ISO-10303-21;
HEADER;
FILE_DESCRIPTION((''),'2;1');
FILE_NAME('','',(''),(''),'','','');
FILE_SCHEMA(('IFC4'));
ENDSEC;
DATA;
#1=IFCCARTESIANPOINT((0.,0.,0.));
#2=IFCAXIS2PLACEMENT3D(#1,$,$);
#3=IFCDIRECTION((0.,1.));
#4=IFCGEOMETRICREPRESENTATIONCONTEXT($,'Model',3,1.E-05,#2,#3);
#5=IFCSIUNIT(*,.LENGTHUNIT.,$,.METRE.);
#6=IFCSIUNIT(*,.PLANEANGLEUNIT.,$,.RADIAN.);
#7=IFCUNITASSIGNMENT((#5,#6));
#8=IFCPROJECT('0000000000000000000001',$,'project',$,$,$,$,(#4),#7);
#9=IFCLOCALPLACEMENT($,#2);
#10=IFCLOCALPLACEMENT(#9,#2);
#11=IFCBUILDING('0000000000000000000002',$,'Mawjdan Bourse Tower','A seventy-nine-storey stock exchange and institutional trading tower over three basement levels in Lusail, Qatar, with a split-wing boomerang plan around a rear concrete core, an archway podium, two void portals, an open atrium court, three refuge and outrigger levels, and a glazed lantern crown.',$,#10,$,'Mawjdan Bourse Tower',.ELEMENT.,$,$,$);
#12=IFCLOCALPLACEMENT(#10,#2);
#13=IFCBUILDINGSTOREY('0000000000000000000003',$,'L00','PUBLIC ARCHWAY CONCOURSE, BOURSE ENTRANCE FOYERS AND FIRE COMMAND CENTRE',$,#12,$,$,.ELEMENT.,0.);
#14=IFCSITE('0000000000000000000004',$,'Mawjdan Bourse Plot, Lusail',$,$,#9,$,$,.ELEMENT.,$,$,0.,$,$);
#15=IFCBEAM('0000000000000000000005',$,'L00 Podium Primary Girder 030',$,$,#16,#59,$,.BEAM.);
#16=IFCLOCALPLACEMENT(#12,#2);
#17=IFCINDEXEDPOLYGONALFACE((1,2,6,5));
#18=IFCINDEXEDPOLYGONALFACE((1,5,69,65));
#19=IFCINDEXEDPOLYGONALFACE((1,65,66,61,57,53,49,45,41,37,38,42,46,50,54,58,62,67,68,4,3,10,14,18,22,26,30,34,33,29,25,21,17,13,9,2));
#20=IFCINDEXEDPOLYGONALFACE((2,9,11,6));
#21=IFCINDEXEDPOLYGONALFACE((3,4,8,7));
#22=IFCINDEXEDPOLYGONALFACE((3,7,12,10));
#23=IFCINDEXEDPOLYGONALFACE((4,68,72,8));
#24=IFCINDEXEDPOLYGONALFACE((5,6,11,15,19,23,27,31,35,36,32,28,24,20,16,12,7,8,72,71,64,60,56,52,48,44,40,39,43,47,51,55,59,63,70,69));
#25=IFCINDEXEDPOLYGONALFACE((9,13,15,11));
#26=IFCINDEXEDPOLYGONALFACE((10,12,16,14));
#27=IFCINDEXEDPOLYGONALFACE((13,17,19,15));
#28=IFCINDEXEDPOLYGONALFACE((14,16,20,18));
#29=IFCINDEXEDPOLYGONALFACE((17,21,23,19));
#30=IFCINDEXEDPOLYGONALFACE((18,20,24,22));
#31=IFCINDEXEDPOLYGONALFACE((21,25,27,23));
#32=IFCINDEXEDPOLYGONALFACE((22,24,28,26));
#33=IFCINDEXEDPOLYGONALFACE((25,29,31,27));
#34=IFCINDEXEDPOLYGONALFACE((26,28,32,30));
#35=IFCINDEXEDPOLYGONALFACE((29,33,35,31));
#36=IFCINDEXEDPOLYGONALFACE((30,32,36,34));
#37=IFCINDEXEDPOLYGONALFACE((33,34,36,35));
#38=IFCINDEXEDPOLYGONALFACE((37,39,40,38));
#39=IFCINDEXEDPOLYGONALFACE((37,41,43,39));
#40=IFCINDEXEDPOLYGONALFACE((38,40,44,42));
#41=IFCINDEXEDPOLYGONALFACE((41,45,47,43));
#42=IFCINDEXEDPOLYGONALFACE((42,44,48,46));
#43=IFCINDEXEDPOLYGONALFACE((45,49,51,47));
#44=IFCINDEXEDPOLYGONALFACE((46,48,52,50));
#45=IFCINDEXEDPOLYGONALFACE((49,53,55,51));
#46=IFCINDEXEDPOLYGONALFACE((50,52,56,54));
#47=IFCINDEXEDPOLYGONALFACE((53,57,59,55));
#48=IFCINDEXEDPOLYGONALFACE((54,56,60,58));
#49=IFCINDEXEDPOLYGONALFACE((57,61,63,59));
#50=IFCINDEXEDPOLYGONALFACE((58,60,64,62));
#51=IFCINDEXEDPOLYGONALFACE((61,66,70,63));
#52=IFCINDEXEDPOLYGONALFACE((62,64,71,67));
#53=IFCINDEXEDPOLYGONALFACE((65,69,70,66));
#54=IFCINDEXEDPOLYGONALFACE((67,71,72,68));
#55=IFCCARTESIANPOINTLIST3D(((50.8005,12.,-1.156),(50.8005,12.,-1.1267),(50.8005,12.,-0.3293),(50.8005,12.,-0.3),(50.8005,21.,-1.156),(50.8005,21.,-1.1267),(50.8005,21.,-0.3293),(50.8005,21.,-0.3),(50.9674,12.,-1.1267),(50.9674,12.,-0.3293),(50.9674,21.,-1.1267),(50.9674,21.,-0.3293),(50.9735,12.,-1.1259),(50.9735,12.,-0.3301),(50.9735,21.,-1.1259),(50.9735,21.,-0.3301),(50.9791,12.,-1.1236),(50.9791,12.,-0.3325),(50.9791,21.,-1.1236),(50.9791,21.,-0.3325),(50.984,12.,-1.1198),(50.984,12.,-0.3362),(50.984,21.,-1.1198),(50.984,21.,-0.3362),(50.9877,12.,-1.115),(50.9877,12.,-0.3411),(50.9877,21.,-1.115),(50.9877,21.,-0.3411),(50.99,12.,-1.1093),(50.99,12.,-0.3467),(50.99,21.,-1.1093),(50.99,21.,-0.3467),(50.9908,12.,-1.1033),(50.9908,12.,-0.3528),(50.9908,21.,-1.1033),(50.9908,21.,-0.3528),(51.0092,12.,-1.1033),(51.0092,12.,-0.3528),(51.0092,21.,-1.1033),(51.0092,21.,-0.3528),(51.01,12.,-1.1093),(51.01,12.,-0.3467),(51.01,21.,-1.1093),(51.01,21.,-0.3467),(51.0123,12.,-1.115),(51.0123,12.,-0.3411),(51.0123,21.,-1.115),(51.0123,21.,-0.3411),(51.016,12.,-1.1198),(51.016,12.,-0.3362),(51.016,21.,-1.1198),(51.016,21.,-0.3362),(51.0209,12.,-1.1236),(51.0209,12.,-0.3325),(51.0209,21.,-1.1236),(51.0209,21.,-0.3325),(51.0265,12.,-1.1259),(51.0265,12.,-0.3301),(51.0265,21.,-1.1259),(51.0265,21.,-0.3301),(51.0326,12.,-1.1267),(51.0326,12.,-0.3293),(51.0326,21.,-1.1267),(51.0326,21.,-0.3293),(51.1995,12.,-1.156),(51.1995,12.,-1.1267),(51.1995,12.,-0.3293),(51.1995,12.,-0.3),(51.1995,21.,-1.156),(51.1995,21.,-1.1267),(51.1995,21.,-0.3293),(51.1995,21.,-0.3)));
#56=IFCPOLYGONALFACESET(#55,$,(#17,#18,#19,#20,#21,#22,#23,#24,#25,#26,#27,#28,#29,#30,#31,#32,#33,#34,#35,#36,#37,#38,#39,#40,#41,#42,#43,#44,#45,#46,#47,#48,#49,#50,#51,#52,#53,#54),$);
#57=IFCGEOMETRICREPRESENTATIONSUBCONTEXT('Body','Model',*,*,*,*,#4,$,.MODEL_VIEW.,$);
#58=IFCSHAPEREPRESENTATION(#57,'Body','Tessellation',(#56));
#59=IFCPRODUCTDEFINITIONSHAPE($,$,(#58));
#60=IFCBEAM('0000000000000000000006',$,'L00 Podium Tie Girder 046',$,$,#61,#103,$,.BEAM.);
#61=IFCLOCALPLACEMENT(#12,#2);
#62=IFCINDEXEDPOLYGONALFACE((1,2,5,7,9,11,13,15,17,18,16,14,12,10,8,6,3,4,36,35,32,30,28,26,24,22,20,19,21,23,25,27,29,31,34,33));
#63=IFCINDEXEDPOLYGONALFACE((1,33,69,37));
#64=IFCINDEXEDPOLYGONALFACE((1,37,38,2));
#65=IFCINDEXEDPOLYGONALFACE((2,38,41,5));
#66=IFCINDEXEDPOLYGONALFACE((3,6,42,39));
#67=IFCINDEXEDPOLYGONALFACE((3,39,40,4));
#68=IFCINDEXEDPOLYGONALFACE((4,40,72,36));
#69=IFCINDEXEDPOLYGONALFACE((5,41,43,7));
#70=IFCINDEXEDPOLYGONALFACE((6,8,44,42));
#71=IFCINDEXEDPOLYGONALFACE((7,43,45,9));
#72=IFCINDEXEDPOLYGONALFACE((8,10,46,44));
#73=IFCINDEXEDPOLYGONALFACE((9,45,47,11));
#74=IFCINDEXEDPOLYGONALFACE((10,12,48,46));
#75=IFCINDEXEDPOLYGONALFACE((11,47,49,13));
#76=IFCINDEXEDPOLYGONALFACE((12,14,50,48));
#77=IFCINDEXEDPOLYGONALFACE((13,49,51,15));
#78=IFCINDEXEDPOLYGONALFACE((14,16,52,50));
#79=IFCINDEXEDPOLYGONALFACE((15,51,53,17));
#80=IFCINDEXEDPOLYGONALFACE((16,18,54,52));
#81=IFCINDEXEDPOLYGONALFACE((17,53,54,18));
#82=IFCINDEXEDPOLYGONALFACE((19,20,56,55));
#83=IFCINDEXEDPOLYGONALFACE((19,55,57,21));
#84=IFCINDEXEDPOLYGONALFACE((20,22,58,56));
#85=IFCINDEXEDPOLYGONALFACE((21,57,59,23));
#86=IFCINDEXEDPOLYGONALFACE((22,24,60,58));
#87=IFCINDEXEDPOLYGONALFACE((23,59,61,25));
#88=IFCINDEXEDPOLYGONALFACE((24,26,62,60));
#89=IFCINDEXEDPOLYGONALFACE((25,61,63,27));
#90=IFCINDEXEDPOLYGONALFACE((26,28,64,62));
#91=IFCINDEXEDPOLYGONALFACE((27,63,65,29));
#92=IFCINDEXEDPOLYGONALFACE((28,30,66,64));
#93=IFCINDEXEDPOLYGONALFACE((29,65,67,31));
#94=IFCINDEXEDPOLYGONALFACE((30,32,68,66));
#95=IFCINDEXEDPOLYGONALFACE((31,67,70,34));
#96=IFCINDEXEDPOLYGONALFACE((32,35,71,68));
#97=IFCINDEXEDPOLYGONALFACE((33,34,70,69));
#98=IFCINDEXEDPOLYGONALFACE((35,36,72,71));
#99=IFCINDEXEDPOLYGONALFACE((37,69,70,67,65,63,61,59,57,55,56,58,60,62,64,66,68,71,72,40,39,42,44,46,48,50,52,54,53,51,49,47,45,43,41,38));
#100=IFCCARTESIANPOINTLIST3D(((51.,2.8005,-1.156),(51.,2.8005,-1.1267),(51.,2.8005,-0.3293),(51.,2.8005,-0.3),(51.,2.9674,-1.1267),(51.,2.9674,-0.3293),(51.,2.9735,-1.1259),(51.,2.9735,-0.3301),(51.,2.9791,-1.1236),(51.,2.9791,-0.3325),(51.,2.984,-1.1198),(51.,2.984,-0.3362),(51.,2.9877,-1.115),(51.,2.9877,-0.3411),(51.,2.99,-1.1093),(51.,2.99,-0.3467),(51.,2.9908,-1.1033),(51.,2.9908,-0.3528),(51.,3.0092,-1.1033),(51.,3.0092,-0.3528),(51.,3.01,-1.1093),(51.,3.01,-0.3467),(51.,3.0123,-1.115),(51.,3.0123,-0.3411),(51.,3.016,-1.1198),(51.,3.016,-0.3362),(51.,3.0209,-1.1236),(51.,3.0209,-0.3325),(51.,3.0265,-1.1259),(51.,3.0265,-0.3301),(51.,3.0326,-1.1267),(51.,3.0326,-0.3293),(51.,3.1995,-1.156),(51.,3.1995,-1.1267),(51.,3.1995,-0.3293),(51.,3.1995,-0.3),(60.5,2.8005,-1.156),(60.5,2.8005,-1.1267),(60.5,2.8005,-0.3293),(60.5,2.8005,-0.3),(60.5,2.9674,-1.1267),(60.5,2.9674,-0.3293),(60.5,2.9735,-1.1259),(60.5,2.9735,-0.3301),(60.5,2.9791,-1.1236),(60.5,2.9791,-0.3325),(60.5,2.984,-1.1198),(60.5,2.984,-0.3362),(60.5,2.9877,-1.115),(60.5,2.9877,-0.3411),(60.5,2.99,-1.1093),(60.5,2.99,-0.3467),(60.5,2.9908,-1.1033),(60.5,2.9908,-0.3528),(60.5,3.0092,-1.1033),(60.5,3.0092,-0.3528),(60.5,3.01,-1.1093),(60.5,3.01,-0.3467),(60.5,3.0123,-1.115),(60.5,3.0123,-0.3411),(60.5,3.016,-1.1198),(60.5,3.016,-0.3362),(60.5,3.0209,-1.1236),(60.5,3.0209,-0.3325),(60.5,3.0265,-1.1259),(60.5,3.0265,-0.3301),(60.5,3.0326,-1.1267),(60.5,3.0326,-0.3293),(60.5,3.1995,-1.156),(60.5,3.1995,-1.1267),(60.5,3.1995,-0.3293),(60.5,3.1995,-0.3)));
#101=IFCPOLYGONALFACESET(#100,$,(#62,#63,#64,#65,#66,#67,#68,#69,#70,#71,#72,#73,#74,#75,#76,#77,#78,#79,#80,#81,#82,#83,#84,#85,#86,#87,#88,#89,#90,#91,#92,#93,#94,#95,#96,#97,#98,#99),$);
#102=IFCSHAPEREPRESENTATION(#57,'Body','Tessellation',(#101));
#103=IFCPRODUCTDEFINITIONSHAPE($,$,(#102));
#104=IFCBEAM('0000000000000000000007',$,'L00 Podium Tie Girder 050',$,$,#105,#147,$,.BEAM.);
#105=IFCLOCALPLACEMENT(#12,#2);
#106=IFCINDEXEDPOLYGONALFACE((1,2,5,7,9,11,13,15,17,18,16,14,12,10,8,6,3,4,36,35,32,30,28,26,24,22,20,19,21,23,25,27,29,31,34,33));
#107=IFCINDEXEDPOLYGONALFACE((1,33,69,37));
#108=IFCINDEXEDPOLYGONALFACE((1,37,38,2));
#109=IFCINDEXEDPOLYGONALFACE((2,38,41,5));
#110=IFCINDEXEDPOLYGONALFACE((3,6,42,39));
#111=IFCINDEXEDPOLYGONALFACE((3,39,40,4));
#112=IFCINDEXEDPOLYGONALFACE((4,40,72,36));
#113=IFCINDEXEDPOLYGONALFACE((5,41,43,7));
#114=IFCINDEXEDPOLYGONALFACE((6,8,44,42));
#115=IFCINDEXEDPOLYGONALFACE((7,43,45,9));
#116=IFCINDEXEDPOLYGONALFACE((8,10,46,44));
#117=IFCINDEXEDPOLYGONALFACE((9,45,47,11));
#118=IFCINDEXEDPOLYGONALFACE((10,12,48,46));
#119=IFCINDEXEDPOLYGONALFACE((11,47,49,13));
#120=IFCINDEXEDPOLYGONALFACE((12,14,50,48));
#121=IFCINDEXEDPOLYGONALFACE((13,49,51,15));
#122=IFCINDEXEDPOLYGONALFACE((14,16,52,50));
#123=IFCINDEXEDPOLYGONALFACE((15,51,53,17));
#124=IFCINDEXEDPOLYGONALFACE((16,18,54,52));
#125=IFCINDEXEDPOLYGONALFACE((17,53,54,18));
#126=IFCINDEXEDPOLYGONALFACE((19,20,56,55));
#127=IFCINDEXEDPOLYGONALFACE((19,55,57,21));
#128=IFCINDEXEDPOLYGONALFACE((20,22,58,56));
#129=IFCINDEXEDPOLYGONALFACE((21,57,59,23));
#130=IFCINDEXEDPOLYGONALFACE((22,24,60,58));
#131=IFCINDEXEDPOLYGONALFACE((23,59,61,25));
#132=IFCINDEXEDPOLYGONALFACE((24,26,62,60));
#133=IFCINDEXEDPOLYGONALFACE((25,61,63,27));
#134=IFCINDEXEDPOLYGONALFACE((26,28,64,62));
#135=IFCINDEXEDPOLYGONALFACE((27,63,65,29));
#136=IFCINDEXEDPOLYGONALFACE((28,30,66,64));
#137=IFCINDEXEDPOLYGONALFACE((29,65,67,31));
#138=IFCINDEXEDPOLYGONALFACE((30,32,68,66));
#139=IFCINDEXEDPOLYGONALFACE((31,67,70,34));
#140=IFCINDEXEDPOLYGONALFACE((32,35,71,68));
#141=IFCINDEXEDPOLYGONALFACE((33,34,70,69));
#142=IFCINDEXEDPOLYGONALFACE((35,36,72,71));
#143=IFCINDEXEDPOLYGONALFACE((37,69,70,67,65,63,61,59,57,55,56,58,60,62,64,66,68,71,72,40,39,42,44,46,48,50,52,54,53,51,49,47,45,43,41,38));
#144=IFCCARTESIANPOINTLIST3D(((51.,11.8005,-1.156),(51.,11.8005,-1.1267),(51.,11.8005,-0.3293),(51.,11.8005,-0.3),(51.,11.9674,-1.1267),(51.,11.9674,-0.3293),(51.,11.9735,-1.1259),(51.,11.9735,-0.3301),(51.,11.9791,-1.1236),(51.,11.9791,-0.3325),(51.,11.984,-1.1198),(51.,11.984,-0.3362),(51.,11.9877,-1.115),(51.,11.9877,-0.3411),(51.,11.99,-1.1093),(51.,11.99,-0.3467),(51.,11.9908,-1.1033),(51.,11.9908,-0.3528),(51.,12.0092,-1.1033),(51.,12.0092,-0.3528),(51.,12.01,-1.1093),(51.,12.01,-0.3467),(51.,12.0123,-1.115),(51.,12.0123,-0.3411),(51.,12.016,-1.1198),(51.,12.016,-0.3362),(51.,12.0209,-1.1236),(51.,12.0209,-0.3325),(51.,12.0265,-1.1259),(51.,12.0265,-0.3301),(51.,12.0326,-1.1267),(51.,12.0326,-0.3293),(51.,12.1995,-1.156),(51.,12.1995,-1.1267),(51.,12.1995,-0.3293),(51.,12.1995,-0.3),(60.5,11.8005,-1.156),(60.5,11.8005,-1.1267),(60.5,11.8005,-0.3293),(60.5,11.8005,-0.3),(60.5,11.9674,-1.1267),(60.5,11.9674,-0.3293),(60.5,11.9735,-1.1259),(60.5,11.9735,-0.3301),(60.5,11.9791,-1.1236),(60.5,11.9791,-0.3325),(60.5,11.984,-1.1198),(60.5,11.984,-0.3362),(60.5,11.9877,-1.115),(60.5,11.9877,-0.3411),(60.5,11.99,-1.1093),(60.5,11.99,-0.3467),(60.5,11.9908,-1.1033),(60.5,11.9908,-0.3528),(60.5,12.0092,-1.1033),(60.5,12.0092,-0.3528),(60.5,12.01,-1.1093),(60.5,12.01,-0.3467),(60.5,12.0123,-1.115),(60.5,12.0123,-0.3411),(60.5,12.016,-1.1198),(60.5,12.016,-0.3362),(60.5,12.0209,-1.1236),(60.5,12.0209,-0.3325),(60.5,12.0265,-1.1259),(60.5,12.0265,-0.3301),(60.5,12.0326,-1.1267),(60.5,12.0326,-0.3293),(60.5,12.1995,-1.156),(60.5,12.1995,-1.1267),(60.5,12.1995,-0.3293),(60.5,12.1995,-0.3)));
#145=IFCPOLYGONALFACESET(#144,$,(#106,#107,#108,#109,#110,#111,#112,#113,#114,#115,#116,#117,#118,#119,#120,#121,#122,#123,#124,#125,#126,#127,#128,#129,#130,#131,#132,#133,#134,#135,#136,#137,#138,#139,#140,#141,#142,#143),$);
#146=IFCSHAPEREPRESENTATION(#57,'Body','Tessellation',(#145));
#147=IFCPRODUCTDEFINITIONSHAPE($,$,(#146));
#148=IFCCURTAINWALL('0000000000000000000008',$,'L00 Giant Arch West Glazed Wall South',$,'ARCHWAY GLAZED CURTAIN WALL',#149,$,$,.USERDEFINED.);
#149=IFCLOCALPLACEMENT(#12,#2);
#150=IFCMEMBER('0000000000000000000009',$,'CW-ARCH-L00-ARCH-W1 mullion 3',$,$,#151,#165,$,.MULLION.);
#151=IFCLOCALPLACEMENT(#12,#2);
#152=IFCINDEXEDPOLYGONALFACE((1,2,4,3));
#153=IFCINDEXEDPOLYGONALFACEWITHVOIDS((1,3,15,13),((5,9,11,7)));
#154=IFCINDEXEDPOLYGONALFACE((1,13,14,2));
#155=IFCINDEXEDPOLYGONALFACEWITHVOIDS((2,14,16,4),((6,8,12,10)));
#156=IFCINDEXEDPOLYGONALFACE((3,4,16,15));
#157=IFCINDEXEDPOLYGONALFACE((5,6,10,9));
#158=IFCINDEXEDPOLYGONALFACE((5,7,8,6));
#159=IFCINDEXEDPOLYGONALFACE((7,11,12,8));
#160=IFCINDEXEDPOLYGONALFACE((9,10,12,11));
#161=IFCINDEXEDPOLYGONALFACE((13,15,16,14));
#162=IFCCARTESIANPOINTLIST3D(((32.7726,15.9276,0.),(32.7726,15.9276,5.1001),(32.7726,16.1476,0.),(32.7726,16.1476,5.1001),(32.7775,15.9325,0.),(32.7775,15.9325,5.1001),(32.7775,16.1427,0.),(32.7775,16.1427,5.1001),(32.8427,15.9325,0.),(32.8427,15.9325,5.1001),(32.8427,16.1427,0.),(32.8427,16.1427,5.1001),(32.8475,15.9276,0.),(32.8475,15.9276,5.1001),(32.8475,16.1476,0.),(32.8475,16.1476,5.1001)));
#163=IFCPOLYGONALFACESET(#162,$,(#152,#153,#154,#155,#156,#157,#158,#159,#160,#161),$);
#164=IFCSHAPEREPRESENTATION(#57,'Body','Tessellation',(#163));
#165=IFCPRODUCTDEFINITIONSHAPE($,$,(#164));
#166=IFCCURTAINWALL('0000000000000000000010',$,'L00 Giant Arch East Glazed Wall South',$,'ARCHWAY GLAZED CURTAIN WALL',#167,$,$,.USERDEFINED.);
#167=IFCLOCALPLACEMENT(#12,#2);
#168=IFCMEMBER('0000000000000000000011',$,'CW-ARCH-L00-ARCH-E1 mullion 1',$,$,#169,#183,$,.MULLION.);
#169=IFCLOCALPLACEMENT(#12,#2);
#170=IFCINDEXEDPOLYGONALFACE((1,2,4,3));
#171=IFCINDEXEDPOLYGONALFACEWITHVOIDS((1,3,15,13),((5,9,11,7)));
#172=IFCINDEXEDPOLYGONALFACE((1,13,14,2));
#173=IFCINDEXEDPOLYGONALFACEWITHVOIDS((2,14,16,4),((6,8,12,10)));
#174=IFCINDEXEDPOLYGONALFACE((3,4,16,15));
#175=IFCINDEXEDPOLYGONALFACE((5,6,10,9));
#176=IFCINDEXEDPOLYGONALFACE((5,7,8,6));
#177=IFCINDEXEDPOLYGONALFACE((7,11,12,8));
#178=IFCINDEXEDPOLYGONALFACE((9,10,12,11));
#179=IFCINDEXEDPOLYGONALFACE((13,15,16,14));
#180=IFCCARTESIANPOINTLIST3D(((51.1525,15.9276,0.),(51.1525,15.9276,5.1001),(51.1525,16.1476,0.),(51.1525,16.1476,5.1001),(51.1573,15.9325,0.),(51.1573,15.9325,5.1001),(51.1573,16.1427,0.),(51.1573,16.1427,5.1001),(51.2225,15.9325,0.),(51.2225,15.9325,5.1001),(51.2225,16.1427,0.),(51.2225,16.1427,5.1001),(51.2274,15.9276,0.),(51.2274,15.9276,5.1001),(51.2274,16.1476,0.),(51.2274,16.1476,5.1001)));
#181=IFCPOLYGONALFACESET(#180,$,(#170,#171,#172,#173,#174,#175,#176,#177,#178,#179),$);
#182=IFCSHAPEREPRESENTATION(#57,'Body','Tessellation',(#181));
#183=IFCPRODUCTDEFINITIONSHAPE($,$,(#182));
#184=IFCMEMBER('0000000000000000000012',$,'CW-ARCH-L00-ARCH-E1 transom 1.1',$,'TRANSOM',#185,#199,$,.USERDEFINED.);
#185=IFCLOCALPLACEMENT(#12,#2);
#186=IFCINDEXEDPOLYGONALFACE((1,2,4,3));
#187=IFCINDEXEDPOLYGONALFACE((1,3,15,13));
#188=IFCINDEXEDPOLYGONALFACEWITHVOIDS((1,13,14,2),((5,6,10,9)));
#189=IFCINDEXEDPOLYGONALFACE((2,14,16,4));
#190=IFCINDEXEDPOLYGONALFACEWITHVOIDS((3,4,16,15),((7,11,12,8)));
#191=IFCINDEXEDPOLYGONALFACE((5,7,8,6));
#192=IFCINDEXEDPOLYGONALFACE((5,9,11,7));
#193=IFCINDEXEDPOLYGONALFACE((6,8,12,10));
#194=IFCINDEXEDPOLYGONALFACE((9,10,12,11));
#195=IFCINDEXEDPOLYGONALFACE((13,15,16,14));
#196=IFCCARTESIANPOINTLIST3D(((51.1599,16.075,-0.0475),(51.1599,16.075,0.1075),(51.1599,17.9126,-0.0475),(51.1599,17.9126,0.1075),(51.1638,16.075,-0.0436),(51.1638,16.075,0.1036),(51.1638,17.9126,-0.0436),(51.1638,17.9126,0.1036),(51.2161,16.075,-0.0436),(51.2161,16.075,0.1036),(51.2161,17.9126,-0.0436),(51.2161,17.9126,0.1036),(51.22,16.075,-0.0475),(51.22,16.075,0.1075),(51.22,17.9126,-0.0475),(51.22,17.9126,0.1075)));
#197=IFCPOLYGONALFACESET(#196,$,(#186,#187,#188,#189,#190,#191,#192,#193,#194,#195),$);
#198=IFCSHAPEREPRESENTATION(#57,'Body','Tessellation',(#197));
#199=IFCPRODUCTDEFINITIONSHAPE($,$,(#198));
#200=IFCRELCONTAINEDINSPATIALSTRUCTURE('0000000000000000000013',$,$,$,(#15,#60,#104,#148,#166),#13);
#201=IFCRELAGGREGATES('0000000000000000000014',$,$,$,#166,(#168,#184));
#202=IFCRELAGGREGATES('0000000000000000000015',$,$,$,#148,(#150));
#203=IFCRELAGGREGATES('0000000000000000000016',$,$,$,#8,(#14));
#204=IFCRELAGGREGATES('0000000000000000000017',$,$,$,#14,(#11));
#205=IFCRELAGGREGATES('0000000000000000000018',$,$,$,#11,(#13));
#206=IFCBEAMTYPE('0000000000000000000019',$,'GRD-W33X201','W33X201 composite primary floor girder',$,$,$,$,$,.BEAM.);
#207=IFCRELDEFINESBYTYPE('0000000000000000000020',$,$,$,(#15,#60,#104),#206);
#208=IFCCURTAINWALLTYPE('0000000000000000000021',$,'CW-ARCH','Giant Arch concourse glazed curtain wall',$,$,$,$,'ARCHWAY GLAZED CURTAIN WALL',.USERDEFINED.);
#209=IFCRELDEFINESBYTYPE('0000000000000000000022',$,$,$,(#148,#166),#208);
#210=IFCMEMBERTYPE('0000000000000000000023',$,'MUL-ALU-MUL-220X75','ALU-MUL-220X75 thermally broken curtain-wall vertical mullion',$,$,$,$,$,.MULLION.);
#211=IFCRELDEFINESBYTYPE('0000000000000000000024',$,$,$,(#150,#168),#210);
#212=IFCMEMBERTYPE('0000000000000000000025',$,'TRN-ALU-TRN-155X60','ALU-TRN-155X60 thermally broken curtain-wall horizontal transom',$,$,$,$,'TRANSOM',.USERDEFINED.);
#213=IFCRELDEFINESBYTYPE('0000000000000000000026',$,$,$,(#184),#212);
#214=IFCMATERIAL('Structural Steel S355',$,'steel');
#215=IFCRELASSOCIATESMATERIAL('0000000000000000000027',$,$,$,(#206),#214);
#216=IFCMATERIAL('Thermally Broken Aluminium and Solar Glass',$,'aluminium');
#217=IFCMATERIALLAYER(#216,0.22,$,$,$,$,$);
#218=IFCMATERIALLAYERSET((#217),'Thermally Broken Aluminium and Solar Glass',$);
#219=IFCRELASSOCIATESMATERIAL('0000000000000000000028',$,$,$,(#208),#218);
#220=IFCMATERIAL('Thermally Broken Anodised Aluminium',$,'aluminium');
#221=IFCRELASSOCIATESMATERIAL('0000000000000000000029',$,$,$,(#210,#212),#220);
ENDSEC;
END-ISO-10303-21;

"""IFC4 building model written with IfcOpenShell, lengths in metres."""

from ifc_helpers import new_model, si_unit, direction, frame, origin, origin_2d, place, context, subcontext, project, spatial, hollow_rectangle, i_section, extrude, material, layer, layer_set, material_profile, profile_set, type_object, element, aggregate, save


model = new_model("IFC4")

# Units and contexts
model_context = context("Model", 3, precision=1e-05, world=origin(), true_north=direction((0.0, 1.0)))
body_context = subcontext(model_context, "Body", "Model", "MODEL_VIEW")
ifc_project = project(units=[si_unit("LENGTHUNIT", "METRE"), si_unit("PLANEANGLEUNIT", "RADIAN")], contexts=[model_context])

# Site, building, storey
site_placement = place(None, origin())
site = spatial("IfcSite", under=ifc_project, at=site_placement, Name="Mawjdan Bourse Plot, Lusail", CompositionType="ELEMENT", RefElevation=0.0)
building_placement = place(site_placement, origin())
building = spatial("IfcBuilding", under=site, at=building_placement, Name="Mawjdan Bourse Tower", Description="A seventy-nine-storey stock exchange and institutional trading tower over three basement levels in Lusail, Qatar, with a split-wing boomerang plan around a rear concrete core, an archway podium, two void portals, an open atrium court, three refuge and outrigger levels, and a glazed lantern crown.", LongName="Mawjdan Bourse Tower", CompositionType="ELEMENT")
storey_placement = place(building_placement, origin())
storey = spatial("IfcBuildingStorey", under=building, at=storey_placement, Name="L00", Description="PUBLIC ARCHWAY CONCOURSE, BOURSE ENTRANCE FOYERS AND FIRE COMMAND CENTRE", CompositionType="ELEMENT", Elevation=0.0)

# Beams
ifc_material_1 = material(Name="Structural Steel S355", Category="steel")
ifc_material_profile_1 = material_profile(ifc_material_1, i_section(OverallWidth=0.3989, OverallDepth=0.856, WebThickness=0.0183, FlangeThickness=0.0293, FilletRadius=0.0234, at=origin_2d()), Name="W33X201")
ifc_profile_set_1 = profile_set([ifc_material_profile_1], Name="Structural Steel S355")
beam_type = type_object("IfcBeamType", Name="GRD-W33X201", Description="W33X201 composite primary floor girder", PredefinedType="BEAM", material=ifc_profile_set_1)
for number, where, z_axis, x_axis, name in (
    (1, (51.0, 12.0, -0.728), (0.0, 1.0, 0.0), (-1.0, 0.0, 0.0), "L00 Podium Primary Girder 030"),
):
    element("IfcBeam", number, at=place(storey_placement, frame(where, z_axis=z_axis, x_axis=x_axis)), inside=storey, type_object=beam_type, Name=name, PredefinedType="BEAM", context=body_context, shape_type="SweptSolid", body=[
        extrude(i_section(OverallWidth=0.3989, OverallDepth=0.856, WebThickness=0.0183, FlangeThickness=0.0293, FilletRadius=0.0234, at=origin_2d()), origin(), (0.0, 0.0, 1.0), 9.0),
    ])
for number, where, z_axis, x_axis, name in (
    (2, (51.0, 3.0, -0.728), (1.0, 0.0, 0.0), (0.0, 1.0, 0.0), "L00 Podium Tie Girder 046"),
    (3, (51.0, 12.0, -0.728), (1.0, 0.0, 0.0), (0.0, 1.0, 0.0), "L00 Podium Tie Girder 050"),
):
    element("IfcBeam", number, at=place(storey_placement, frame(where, z_axis=z_axis, x_axis=x_axis)), inside=storey, type_object=beam_type, Name=name, PredefinedType="BEAM", context=body_context, shape_type="SweptSolid", body=[
        extrude(i_section(OverallWidth=0.3989, OverallDepth=0.856, WebThickness=0.0183, FlangeThickness=0.0293, FilletRadius=0.0234, at=origin_2d()), origin(), (0.0, 0.0, 1.0), 9.5),
    ])

# Curtain wall, member
ifc_material_2 = material(Name="Thermally Broken Aluminium and Solar Glass", Category="aluminium")
ifc_layer_1 = layer(ifc_material_2, 0.22)
ifc_layer_set_1 = layer_set([ifc_layer_1], Name="Thermally Broken Aluminium and Solar Glass")
curtain_wall_type = type_object("IfcCurtainWallType", Name="CW-ARCH", Description="Giant Arch concourse glazed curtain wall", ElementType="ARCHWAY GLAZED CURTAIN WALL", PredefinedType="USERDEFINED", material=ifc_layer_set_1)
curtain_wall_1_placement = place(storey_placement, origin())
curtain_wall_1 = element("IfcCurtainWall", 4, at=curtain_wall_1_placement, inside=storey, type_object=curtain_wall_type, Name="L00 Giant Arch West Glazed Wall South", ObjectType="ARCHWAY GLAZED CURTAIN WALL", PredefinedType="USERDEFINED")
ifc_material_3 = material(Name="Thermally Broken Anodised Aluminium", Category="aluminium")
ifc_material_profile_2 = material_profile(ifc_material_3, hollow_rectangle(XDim=0.075, YDim=0.22, WallThickness=0.0049, at=origin_2d()), Name="ALU-MUL-220X75")
ifc_profile_set_2 = profile_set([ifc_material_profile_2], Name="Thermally Broken Anodised Aluminium")
member_type_1 = type_object("IfcMemberType", Name="MUL-ALU-MUL-220X75", Description="ALU-MUL-220X75 thermally broken curtain-wall vertical mullion", PredefinedType="MULLION", material=ifc_profile_set_2)
member_1_placement = place(storey_placement, frame((32.8101, 16.0376, 0.0), z_axis=(0.0, 0.0, 1.0), x_axis=(1.0, 0.0, 0.0)))
member_1 = element("IfcMember", 5, at=member_1_placement, type_object=member_type_1, Name="CW-ARCH-L00-ARCH-W1 mullion 3", PredefinedType="MULLION", context=body_context, shape_type="SweptSolid", body=[
    extrude(hollow_rectangle(XDim=0.075, YDim=0.22, WallThickness=0.0049, at=origin_2d()), origin(), (0.0, 0.0, 1.0), 5.1001),
])

# Curtain wall, members
curtain_wall_2_placement = place(storey_placement, origin())
curtain_wall_2 = element("IfcCurtainWall", 6, at=curtain_wall_2_placement, inside=storey, type_object=curtain_wall_type, Name="L00 Giant Arch East Glazed Wall South", ObjectType="ARCHWAY GLAZED CURTAIN WALL", PredefinedType="USERDEFINED")
member_2_placement = place(storey_placement, frame((51.1899, 16.0376, 0.0), z_axis=(0.0, 0.0, 1.0), x_axis=(-1.0, 0.0, 0.0)))
member_2 = element("IfcMember", 7, at=member_2_placement, type_object=member_type_1, Name="CW-ARCH-L00-ARCH-E1 mullion 1", PredefinedType="MULLION", context=body_context, shape_type="SweptSolid", body=[
    extrude(hollow_rectangle(XDim=0.075, YDim=0.22, WallThickness=0.0049, at=origin_2d()), origin(), (0.0, 0.0, 1.0), 5.1001),
])
ifc_material_profile_3 = material_profile(ifc_material_3, hollow_rectangle(XDim=0.0601, YDim=0.155, WallThickness=0.0039, at=origin_2d()), Name="ALU-TRN-155X60")
ifc_profile_set_3 = profile_set([ifc_material_profile_3], Name="Thermally Broken Anodised Aluminium")
member_type_2 = type_object("IfcMemberType", Name="TRN-ALU-TRN-155X60", Description="ALU-TRN-155X60 thermally broken curtain-wall horizontal transom", ElementType="TRANSOM", PredefinedType="USERDEFINED", material=ifc_profile_set_3)
member_3_placement = place(storey_placement, frame((51.1899, 16.075, 0.03), z_axis=(0.0, 1.0, 0.0), x_axis=(-1.0, 0.0, 0.0)))
member_3 = element("IfcMember", 8, at=member_3_placement, type_object=member_type_2, Name="CW-ARCH-L00-ARCH-E1 transom 1.1", ObjectType="TRANSOM", PredefinedType="USERDEFINED", context=body_context, shape_type="SweptSolid", body=[
    extrude(hollow_rectangle(XDim=0.0601, YDim=0.155, WallThickness=0.0039, at=origin_2d()), origin(), (0.0, 0.0, 1.0), 1.8376),
])
aggregate(curtain_wall_2, [member_2, member_3])

aggregate(curtain_wall_1, [member_1])

save(model, "model.ifc")
